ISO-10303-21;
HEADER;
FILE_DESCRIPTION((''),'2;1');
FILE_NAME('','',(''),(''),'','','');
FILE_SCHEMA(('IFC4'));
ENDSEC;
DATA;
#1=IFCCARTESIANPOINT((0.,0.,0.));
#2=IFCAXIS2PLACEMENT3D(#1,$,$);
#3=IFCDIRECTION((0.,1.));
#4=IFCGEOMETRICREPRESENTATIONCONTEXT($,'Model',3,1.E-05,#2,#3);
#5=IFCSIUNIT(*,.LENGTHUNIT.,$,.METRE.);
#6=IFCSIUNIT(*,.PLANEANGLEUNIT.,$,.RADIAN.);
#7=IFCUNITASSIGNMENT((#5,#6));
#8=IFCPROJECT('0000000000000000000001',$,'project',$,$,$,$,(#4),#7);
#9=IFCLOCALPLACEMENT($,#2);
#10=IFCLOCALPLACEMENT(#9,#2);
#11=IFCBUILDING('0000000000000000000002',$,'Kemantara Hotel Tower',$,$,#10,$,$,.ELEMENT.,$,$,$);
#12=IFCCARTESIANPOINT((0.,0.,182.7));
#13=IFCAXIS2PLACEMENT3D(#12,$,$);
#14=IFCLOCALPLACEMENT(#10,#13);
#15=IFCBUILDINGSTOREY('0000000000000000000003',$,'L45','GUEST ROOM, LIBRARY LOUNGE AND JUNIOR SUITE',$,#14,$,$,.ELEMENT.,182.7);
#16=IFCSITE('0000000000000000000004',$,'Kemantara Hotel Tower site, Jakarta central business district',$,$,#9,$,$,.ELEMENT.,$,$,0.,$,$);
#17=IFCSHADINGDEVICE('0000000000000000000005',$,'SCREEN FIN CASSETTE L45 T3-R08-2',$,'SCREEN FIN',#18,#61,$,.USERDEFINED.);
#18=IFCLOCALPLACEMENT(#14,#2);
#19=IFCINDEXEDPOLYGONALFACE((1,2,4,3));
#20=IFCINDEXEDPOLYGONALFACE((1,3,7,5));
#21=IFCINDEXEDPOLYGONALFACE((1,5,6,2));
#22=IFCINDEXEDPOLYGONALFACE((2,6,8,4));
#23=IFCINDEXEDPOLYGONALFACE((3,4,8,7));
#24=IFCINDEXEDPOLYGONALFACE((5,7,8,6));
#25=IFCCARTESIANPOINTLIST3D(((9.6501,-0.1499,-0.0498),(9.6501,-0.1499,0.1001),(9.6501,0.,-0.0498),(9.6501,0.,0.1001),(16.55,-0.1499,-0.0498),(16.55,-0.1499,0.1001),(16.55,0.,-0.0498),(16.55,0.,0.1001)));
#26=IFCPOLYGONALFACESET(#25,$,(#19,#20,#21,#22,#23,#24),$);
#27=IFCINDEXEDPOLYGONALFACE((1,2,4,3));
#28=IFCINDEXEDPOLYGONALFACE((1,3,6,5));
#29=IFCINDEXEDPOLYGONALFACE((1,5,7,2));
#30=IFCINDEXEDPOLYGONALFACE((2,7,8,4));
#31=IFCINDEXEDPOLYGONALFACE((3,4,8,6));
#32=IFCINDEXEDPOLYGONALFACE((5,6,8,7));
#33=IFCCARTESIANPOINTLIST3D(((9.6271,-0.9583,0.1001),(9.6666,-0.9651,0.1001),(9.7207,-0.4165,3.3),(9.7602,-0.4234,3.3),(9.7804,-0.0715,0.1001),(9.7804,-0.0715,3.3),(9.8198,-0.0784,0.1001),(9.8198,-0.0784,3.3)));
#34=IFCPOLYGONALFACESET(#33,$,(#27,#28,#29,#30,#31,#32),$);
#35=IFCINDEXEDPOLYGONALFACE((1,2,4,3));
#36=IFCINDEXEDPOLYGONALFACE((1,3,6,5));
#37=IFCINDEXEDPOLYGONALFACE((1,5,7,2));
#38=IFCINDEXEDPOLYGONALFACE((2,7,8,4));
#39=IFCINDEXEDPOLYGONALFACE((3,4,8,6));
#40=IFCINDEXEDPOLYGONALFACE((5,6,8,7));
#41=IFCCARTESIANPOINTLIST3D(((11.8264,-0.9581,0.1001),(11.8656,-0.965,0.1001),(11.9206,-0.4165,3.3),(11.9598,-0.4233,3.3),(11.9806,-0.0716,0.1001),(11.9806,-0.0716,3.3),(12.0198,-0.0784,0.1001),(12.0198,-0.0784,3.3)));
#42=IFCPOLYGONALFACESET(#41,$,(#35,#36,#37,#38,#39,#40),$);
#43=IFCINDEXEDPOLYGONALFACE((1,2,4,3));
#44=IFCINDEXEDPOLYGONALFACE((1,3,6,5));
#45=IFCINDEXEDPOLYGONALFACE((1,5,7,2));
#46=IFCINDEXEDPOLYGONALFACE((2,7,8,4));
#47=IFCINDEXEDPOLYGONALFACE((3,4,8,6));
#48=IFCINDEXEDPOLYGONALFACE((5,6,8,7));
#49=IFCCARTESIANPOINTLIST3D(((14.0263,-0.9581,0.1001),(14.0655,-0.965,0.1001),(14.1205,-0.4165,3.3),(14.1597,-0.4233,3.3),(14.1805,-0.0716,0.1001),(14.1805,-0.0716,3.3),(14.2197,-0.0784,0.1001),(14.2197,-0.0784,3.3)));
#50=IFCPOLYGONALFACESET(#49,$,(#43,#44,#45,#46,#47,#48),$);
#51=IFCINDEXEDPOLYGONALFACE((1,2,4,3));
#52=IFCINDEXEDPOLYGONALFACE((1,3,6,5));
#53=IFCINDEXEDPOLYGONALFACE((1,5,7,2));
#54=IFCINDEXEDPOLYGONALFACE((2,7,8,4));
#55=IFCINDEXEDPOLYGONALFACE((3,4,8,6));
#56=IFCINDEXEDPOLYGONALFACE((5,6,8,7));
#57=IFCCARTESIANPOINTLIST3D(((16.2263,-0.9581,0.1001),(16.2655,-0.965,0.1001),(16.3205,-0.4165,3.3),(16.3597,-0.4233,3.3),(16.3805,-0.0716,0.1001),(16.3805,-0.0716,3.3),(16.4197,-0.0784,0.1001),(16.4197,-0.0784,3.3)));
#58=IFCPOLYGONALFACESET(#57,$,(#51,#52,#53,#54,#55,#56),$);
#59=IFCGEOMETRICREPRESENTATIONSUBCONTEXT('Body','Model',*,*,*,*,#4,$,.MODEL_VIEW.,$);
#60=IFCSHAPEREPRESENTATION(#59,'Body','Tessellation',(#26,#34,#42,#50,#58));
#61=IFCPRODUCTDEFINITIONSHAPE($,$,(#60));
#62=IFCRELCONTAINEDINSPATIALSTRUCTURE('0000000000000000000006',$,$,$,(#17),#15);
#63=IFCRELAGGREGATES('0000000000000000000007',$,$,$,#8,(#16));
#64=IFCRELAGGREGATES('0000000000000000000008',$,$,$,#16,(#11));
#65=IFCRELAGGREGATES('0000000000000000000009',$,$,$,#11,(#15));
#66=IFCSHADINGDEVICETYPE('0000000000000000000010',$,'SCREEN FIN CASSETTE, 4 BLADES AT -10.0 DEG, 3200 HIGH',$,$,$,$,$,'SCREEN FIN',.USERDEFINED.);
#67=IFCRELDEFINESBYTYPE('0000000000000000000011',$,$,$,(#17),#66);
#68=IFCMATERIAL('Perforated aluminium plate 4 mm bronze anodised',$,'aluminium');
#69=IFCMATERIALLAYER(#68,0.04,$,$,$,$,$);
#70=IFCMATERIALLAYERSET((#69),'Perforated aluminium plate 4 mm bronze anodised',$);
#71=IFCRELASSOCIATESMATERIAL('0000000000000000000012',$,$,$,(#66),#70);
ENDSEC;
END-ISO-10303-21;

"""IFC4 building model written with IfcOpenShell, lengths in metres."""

from ifc_helpers import new_model, si_unit, direction, frame, origin, origin_2d, place, context, subcontext, project, spatial, polyline, rectangle, outline, extrude, source, transform, mapped, material, layer, layer_set, type_object, element, save


model = new_model("IFC4")

# Units and contexts
model_context = context("Model", 3, precision=1e-05, world=origin(), true_north=direction((0.0, 1.0)))
body_context = subcontext(model_context, "Body", "Model", "MODEL_VIEW")
ifc_project = project(units=[si_unit("LENGTHUNIT", "METRE"), si_unit("PLANEANGLEUNIT", "RADIAN")], contexts=[model_context])

# Site, building, storey
site_placement = place(None, origin())
site = spatial("IfcSite", under=ifc_project, at=site_placement, Name="Kemantara Hotel Tower site, Jakarta central business district", CompositionType="ELEMENT", RefElevation=0.0)
building_placement = place(site_placement, origin())
building = spatial("IfcBuilding", under=site, at=building_placement, Name="Kemantara Hotel Tower", CompositionType="ELEMENT")
storey_placement = place(building_placement, frame((0.0, 0.0, 182.7)))
storey = spatial("IfcBuildingStorey", under=building, at=storey_placement, Name="L45", Description="GUEST ROOM, LIBRARY LOUNGE AND JUNIOR SUITE", CompositionType="ELEMENT", Elevation=182.7)

# Shading device
ifc_material_1 = material(Name="Perforated aluminium plate 4 mm bronze anodised", Category="aluminium")
ifc_layer_1 = layer(ifc_material_1, 0.04)
ifc_layer_set_1 = layer_set([ifc_layer_1], Name="Perforated aluminium plate 4 mm bronze anodised")
shading_device_type_1 = type_object("IfcShadingDeviceType", Name="SCREEN FIN CASSETTE, 4 BLADES AT -10.0 DEG, 3200 HIGH", ElementType="SCREEN FIN", PredefinedType="USERDEFINED", material=ifc_layer_set_1)
shared_shape_1 = source(origin(), body_context, "Body", "SweptSolid", [
    extrude(rectangle(XDim=6.8999, YDim=0.1499, at=origin_2d()), frame((3.3, -0.075, -0.1499), z_axis=(0.0, 0.0, 1.0), x_axis=(1.0, 0.0, 0.0)), (0.0, 0.0, 1.0), 0.1499),
    extrude(outline(polyline([(0.0, 0.0), (0.8999, 0.0), (0.3501, 3.2), (0.0, 3.2), (0.0, 0.0)])), frame((0.0198, -0.0784, 0.0), z_axis=(-0.98539, 0.170314, 0.0), x_axis=(-0.170314, -0.98539, 0.0)), (0.0, 0.0, 1.0), 0.04),
    extrude(outline(polyline([(0.0, 0.0), (0.8999, 0.0), (0.3501, 3.2), (0.0, 3.2), (0.0, 0.0)])), frame((2.2197, -0.0784, 0.0), z_axis=(-0.985212, 0.171341, 0.0), x_axis=(-0.171341, -0.985212, 0.0)), (0.0, 0.0, 1.0), 0.0398),
    extrude(outline(polyline([(0.0, 0.0), (0.8999, 0.0), (0.3501, 3.2), (0.0, 3.2), (0.0, 0.0)])), frame((4.4197, -0.0784, 0.0), z_axis=(-0.985212, 0.171341, 0.0), x_axis=(-0.171341, -0.985212, 0.0)), (0.0, 0.0, 1.0), 0.0398),
    extrude(outline(polyline([(0.0, 0.0), (0.8999, 0.0), (0.3501, 3.2), (0.0, 3.2), (0.0, 0.0)])), frame((6.6196, -0.0784, 0.0), z_axis=(-0.985212, 0.171341, 0.0), x_axis=(-0.171341, -0.985212, 0.0)), (0.0, 0.0, 1.0), 0.0398),
])
shading_device_placement = place(storey_placement, frame((9.8, 0.0, 0.1001), z_axis=(0.0, 0.0, 1.0), x_axis=(1.0, 0.0, 0.0)))
element("IfcShadingDevice", 1, at=shading_device_placement, inside=storey, type_object=shading_device_type_1, Name="SCREEN FIN CASSETTE L45 T3-R08-2", ObjectType="SCREEN FIN", PredefinedType="USERDEFINED", context=body_context, shape_type="MappedRepresentation", body=[
    mapped(shared_shape_1, transform((0.0, 0.0, 0.0))),
])

save(model, "model.ifc")
